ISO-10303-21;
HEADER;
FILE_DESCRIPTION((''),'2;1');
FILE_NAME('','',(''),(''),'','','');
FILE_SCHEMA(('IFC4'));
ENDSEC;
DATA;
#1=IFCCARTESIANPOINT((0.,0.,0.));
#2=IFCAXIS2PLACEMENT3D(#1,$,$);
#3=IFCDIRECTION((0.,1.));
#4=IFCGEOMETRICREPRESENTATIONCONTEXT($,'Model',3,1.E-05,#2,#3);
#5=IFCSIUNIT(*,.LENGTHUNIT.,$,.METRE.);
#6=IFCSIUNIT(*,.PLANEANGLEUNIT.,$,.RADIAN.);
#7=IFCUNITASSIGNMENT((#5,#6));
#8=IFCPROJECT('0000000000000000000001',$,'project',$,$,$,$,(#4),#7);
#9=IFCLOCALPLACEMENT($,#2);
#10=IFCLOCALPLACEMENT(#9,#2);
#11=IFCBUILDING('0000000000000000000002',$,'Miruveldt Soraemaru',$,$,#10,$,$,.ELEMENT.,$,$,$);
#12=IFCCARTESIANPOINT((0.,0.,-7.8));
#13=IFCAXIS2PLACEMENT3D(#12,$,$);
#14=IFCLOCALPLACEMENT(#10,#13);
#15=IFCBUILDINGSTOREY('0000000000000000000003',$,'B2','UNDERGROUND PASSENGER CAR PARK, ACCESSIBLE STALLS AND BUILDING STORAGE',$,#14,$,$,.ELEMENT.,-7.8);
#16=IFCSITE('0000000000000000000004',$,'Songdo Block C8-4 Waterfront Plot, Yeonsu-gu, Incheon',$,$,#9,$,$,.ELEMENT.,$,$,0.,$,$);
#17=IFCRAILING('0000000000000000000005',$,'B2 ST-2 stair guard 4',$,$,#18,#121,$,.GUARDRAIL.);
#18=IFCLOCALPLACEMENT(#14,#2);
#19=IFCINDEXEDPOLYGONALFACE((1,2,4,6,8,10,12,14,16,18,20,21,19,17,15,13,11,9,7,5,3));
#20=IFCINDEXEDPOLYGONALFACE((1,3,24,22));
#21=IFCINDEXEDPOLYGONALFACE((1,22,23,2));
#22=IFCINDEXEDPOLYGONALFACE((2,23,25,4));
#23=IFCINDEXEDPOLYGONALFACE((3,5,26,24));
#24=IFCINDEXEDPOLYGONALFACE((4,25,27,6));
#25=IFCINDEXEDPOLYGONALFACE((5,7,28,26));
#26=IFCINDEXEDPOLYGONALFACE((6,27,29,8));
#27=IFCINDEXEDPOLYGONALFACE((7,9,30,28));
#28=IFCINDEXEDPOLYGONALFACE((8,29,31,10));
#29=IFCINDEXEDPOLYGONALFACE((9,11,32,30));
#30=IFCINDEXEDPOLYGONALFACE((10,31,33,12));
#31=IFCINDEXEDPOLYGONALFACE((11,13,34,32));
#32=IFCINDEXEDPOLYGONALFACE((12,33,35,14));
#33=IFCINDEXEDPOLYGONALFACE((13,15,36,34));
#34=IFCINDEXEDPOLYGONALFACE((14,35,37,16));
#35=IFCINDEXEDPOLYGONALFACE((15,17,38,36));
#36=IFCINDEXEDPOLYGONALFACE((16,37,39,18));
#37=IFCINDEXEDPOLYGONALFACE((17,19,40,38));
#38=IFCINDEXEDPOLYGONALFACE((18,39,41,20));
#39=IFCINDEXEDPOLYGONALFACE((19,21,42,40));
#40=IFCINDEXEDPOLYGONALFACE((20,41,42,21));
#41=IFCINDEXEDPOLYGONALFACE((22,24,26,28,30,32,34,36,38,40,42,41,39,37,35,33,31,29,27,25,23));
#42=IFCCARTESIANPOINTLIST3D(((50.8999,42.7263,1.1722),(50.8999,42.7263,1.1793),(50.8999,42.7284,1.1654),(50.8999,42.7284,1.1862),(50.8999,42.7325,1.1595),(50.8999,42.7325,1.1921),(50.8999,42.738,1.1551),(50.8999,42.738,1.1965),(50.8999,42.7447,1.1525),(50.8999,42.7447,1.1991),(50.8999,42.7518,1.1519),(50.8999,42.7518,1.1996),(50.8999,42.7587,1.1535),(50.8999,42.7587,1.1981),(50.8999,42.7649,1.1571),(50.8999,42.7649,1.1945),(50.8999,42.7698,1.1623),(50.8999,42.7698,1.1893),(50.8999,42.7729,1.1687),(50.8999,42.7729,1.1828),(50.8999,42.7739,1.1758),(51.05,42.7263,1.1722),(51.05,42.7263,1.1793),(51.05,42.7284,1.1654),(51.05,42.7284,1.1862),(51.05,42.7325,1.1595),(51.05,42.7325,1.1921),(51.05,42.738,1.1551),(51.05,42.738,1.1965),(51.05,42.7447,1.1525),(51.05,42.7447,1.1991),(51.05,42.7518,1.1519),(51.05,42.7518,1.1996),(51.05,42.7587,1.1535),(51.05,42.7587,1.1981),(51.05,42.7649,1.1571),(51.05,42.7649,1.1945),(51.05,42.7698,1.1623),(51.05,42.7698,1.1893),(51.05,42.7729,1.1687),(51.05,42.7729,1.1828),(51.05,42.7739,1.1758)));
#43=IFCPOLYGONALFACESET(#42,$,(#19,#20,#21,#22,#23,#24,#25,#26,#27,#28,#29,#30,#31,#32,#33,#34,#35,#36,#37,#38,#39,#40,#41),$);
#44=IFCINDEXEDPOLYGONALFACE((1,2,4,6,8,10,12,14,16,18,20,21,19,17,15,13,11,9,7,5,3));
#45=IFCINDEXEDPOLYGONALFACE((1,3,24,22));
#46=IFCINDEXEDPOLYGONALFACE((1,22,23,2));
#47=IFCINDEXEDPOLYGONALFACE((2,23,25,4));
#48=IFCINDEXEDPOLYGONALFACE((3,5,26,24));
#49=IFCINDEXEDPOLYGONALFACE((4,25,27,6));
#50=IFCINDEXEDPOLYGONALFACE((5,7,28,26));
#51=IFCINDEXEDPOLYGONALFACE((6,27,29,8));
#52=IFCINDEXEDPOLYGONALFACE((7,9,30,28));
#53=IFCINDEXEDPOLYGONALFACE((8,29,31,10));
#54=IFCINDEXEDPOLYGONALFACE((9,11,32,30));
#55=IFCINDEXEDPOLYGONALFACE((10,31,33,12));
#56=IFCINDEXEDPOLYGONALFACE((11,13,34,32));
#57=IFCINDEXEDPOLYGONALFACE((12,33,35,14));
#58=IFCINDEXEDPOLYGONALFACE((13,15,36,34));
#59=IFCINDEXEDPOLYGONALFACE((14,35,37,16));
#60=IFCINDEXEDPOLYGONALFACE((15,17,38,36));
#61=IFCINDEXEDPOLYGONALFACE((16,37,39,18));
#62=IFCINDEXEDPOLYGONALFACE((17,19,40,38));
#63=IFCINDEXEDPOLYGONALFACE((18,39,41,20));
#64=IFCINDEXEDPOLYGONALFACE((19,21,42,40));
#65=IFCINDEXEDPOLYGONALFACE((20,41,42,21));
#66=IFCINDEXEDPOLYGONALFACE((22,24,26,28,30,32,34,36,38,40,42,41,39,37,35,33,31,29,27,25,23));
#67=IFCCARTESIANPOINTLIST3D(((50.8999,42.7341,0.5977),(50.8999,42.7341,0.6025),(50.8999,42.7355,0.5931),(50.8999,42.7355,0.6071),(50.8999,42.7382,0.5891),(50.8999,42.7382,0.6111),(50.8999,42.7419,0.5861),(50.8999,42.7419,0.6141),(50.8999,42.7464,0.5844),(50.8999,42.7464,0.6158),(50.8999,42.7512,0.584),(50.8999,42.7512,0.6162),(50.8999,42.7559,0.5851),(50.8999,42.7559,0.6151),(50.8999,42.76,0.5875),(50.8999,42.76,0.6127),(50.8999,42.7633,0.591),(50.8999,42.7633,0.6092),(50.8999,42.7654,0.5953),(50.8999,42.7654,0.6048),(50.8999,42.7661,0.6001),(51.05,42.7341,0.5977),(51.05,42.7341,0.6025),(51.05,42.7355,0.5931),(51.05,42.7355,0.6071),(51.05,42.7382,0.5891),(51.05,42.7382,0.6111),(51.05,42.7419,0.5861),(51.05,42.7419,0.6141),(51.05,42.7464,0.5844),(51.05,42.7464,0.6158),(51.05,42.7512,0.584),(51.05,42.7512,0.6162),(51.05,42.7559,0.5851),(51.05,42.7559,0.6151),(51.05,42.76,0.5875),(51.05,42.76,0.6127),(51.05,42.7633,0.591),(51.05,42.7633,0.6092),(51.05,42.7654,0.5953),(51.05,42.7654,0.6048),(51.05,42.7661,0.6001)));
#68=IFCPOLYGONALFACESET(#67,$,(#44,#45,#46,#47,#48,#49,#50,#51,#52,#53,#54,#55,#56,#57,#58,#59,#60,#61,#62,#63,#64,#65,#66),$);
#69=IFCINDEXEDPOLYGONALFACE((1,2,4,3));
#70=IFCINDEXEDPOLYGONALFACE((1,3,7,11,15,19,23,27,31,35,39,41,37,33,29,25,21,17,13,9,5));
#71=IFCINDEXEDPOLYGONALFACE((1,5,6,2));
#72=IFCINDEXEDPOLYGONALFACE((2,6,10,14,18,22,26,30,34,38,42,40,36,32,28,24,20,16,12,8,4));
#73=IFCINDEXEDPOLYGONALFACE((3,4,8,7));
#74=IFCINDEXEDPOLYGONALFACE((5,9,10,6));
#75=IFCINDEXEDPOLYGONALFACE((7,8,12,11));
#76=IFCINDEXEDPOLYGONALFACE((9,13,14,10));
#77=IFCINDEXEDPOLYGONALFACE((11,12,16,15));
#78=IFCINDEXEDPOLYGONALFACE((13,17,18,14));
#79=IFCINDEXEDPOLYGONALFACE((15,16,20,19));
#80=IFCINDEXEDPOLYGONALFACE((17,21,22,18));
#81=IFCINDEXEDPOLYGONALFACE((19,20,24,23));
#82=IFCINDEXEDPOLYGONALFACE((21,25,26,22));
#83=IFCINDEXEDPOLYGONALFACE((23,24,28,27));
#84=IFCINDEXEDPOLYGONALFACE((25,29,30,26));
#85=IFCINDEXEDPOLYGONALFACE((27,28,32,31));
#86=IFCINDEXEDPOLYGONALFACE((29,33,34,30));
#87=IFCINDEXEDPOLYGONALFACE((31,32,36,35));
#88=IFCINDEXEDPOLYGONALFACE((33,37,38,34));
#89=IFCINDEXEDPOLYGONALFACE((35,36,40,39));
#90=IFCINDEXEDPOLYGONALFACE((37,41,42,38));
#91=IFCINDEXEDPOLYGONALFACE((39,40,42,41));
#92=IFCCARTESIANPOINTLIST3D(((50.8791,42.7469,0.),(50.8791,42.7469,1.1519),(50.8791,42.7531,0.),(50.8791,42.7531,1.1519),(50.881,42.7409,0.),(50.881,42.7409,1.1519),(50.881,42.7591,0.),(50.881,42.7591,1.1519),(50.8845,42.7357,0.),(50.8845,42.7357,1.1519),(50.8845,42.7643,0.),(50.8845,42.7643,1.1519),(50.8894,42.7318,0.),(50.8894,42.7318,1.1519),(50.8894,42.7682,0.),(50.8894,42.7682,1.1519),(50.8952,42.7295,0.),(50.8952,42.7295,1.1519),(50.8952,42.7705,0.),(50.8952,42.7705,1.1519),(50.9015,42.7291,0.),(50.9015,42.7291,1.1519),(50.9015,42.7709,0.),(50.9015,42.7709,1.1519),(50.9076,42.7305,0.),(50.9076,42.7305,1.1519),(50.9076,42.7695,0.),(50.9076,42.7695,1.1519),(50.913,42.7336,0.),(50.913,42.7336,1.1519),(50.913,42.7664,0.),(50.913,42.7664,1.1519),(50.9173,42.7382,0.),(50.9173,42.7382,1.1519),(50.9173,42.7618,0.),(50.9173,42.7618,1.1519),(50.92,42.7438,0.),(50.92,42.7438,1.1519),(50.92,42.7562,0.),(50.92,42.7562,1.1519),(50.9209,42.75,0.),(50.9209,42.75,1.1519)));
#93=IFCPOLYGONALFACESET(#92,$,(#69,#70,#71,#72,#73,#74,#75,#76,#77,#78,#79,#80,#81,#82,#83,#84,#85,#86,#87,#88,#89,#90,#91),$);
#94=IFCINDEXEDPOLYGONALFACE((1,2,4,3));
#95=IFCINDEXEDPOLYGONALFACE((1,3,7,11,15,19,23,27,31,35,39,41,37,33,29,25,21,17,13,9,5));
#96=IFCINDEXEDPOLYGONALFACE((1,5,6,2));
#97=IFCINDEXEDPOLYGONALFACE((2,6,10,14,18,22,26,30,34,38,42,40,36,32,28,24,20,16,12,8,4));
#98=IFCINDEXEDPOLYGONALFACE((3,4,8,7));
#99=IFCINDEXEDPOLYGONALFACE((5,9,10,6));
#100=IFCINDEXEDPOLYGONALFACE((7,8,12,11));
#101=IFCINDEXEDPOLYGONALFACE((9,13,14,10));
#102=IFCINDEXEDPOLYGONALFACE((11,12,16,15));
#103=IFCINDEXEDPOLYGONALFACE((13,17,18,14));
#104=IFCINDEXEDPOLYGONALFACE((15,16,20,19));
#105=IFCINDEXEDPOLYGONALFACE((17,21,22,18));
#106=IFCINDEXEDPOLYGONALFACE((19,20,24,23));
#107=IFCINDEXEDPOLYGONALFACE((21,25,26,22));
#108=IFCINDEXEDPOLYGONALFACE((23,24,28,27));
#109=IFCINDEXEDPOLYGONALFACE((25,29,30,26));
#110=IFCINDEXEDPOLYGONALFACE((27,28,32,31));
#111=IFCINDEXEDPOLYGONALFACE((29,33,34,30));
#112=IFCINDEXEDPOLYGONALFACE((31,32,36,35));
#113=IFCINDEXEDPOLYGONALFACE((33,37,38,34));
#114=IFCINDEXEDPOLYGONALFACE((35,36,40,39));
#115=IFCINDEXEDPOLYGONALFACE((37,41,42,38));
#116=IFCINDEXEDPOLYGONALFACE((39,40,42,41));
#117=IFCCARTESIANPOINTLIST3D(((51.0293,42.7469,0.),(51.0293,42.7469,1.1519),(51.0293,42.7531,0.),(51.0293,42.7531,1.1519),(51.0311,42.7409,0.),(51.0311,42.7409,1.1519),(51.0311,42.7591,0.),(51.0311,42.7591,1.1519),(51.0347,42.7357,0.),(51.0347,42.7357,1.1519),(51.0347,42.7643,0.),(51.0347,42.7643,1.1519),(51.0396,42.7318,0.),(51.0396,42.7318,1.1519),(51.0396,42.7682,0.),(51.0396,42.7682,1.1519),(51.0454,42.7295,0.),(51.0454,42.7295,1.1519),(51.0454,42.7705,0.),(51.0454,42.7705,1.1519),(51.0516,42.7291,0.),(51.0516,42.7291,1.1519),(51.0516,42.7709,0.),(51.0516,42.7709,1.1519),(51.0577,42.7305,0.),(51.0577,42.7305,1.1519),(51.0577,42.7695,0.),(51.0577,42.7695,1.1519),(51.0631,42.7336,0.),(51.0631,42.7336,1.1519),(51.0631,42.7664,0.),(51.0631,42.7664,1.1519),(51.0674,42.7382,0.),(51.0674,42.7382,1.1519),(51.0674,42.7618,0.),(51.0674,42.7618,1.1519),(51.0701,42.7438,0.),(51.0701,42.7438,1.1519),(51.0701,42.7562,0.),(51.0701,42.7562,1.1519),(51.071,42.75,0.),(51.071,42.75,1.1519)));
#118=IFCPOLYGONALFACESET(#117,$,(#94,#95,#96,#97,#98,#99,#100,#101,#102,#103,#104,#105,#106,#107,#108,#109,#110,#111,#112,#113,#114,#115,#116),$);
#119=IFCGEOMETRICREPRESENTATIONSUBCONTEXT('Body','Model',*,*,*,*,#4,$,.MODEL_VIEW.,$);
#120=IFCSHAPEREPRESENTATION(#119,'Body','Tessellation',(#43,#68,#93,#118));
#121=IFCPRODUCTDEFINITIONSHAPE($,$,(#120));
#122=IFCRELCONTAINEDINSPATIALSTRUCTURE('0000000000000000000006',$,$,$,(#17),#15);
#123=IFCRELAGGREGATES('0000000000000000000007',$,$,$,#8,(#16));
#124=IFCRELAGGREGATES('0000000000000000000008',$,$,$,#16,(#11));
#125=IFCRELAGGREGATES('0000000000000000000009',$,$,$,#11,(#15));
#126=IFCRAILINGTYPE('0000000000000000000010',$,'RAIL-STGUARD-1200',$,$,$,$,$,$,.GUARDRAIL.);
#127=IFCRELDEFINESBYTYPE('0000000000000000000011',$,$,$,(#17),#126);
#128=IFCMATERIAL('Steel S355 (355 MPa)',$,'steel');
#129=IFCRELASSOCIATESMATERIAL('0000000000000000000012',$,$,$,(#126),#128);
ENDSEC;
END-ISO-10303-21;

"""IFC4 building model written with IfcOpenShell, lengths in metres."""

from ifc_helpers import new_model, si_unit, direction, frame, origin, origin_2d, place, context, subcontext, project, spatial, circle, extrude, material, type_object, element, save


model = new_model("IFC4")

# Units and contexts
model_context = context("Model", 3, precision=1e-05, world=origin(), true_north=direction((0.0, 1.0)))
body_context = subcontext(model_context, "Body", "Model", "MODEL_VIEW")
ifc_project = project(units=[si_unit("LENGTHUNIT", "METRE"), si_unit("PLANEANGLEUNIT", "RADIAN")], contexts=[model_context])

# Site, building, storey
site_placement = place(None, origin())
site = spatial("IfcSite", under=ifc_project, at=site_placement, Name="Songdo Block C8-4 Waterfront Plot, Yeonsu-gu, Incheon", CompositionType="ELEMENT", RefElevation=0.0)
building_placement = place(site_placement, origin())
building = spatial("IfcBuilding", under=site, at=building_placement, Name="Miruveldt Soraemaru", CompositionType="ELEMENT")
storey_placement = place(building_placement, frame((0.0, 0.0, -7.8)))
storey = spatial("IfcBuildingStorey", under=building, at=storey_placement, Name="B2", Description="UNDERGROUND PASSENGER CAR PARK, ACCESSIBLE STALLS AND BUILDING STORAGE", CompositionType="ELEMENT", Elevation=-7.8)

# Shared definitions
ifc_material_1 = material(Name="Steel S355 (355 MPa)", Category="steel")

# Railing
railing_type_1 = type_object("IfcRailingType", Name="RAIL-STGUARD-1200", PredefinedType="GUARDRAIL", material=ifc_material_1)
railing_1_placement = place(storey_placement, frame((50.8999, 42.75, 0.0)))
element("IfcRailing", 1, at=railing_1_placement, inside=storey, type_object=railing_type_1, Name="B2 ST-2 stair guard 4", PredefinedType="GUARDRAIL", context=body_context, shape_type="SweptSolid", body=[
    extrude(circle(Radius=0.0239, at=origin_2d()), frame((0.0, 0.0, 1.1758), z_axis=(1.0, 0.0, 0.0), x_axis=(0.0, 1.0, 0.0)), (0.0, 0.0, 1.0), 0.1501),
    extrude(circle(Radius=0.0161, at=origin_2d()), frame((0.0, 0.0, 0.6001), z_axis=(1.0, 0.0, 0.0), x_axis=(0.0, 1.0, 0.0)), (0.0, 0.0, 1.0), 0.1501),
    extrude(circle(Radius=0.021, at=origin_2d()), origin(), (0.0, 0.0, 1.0), 1.1519),
    extrude(circle(Radius=0.021, at=origin_2d()), frame((0.1501, 0.0, 0.0)), (0.0, 0.0, 1.0), 1.1519),
])

save(model, "model.ifc")
